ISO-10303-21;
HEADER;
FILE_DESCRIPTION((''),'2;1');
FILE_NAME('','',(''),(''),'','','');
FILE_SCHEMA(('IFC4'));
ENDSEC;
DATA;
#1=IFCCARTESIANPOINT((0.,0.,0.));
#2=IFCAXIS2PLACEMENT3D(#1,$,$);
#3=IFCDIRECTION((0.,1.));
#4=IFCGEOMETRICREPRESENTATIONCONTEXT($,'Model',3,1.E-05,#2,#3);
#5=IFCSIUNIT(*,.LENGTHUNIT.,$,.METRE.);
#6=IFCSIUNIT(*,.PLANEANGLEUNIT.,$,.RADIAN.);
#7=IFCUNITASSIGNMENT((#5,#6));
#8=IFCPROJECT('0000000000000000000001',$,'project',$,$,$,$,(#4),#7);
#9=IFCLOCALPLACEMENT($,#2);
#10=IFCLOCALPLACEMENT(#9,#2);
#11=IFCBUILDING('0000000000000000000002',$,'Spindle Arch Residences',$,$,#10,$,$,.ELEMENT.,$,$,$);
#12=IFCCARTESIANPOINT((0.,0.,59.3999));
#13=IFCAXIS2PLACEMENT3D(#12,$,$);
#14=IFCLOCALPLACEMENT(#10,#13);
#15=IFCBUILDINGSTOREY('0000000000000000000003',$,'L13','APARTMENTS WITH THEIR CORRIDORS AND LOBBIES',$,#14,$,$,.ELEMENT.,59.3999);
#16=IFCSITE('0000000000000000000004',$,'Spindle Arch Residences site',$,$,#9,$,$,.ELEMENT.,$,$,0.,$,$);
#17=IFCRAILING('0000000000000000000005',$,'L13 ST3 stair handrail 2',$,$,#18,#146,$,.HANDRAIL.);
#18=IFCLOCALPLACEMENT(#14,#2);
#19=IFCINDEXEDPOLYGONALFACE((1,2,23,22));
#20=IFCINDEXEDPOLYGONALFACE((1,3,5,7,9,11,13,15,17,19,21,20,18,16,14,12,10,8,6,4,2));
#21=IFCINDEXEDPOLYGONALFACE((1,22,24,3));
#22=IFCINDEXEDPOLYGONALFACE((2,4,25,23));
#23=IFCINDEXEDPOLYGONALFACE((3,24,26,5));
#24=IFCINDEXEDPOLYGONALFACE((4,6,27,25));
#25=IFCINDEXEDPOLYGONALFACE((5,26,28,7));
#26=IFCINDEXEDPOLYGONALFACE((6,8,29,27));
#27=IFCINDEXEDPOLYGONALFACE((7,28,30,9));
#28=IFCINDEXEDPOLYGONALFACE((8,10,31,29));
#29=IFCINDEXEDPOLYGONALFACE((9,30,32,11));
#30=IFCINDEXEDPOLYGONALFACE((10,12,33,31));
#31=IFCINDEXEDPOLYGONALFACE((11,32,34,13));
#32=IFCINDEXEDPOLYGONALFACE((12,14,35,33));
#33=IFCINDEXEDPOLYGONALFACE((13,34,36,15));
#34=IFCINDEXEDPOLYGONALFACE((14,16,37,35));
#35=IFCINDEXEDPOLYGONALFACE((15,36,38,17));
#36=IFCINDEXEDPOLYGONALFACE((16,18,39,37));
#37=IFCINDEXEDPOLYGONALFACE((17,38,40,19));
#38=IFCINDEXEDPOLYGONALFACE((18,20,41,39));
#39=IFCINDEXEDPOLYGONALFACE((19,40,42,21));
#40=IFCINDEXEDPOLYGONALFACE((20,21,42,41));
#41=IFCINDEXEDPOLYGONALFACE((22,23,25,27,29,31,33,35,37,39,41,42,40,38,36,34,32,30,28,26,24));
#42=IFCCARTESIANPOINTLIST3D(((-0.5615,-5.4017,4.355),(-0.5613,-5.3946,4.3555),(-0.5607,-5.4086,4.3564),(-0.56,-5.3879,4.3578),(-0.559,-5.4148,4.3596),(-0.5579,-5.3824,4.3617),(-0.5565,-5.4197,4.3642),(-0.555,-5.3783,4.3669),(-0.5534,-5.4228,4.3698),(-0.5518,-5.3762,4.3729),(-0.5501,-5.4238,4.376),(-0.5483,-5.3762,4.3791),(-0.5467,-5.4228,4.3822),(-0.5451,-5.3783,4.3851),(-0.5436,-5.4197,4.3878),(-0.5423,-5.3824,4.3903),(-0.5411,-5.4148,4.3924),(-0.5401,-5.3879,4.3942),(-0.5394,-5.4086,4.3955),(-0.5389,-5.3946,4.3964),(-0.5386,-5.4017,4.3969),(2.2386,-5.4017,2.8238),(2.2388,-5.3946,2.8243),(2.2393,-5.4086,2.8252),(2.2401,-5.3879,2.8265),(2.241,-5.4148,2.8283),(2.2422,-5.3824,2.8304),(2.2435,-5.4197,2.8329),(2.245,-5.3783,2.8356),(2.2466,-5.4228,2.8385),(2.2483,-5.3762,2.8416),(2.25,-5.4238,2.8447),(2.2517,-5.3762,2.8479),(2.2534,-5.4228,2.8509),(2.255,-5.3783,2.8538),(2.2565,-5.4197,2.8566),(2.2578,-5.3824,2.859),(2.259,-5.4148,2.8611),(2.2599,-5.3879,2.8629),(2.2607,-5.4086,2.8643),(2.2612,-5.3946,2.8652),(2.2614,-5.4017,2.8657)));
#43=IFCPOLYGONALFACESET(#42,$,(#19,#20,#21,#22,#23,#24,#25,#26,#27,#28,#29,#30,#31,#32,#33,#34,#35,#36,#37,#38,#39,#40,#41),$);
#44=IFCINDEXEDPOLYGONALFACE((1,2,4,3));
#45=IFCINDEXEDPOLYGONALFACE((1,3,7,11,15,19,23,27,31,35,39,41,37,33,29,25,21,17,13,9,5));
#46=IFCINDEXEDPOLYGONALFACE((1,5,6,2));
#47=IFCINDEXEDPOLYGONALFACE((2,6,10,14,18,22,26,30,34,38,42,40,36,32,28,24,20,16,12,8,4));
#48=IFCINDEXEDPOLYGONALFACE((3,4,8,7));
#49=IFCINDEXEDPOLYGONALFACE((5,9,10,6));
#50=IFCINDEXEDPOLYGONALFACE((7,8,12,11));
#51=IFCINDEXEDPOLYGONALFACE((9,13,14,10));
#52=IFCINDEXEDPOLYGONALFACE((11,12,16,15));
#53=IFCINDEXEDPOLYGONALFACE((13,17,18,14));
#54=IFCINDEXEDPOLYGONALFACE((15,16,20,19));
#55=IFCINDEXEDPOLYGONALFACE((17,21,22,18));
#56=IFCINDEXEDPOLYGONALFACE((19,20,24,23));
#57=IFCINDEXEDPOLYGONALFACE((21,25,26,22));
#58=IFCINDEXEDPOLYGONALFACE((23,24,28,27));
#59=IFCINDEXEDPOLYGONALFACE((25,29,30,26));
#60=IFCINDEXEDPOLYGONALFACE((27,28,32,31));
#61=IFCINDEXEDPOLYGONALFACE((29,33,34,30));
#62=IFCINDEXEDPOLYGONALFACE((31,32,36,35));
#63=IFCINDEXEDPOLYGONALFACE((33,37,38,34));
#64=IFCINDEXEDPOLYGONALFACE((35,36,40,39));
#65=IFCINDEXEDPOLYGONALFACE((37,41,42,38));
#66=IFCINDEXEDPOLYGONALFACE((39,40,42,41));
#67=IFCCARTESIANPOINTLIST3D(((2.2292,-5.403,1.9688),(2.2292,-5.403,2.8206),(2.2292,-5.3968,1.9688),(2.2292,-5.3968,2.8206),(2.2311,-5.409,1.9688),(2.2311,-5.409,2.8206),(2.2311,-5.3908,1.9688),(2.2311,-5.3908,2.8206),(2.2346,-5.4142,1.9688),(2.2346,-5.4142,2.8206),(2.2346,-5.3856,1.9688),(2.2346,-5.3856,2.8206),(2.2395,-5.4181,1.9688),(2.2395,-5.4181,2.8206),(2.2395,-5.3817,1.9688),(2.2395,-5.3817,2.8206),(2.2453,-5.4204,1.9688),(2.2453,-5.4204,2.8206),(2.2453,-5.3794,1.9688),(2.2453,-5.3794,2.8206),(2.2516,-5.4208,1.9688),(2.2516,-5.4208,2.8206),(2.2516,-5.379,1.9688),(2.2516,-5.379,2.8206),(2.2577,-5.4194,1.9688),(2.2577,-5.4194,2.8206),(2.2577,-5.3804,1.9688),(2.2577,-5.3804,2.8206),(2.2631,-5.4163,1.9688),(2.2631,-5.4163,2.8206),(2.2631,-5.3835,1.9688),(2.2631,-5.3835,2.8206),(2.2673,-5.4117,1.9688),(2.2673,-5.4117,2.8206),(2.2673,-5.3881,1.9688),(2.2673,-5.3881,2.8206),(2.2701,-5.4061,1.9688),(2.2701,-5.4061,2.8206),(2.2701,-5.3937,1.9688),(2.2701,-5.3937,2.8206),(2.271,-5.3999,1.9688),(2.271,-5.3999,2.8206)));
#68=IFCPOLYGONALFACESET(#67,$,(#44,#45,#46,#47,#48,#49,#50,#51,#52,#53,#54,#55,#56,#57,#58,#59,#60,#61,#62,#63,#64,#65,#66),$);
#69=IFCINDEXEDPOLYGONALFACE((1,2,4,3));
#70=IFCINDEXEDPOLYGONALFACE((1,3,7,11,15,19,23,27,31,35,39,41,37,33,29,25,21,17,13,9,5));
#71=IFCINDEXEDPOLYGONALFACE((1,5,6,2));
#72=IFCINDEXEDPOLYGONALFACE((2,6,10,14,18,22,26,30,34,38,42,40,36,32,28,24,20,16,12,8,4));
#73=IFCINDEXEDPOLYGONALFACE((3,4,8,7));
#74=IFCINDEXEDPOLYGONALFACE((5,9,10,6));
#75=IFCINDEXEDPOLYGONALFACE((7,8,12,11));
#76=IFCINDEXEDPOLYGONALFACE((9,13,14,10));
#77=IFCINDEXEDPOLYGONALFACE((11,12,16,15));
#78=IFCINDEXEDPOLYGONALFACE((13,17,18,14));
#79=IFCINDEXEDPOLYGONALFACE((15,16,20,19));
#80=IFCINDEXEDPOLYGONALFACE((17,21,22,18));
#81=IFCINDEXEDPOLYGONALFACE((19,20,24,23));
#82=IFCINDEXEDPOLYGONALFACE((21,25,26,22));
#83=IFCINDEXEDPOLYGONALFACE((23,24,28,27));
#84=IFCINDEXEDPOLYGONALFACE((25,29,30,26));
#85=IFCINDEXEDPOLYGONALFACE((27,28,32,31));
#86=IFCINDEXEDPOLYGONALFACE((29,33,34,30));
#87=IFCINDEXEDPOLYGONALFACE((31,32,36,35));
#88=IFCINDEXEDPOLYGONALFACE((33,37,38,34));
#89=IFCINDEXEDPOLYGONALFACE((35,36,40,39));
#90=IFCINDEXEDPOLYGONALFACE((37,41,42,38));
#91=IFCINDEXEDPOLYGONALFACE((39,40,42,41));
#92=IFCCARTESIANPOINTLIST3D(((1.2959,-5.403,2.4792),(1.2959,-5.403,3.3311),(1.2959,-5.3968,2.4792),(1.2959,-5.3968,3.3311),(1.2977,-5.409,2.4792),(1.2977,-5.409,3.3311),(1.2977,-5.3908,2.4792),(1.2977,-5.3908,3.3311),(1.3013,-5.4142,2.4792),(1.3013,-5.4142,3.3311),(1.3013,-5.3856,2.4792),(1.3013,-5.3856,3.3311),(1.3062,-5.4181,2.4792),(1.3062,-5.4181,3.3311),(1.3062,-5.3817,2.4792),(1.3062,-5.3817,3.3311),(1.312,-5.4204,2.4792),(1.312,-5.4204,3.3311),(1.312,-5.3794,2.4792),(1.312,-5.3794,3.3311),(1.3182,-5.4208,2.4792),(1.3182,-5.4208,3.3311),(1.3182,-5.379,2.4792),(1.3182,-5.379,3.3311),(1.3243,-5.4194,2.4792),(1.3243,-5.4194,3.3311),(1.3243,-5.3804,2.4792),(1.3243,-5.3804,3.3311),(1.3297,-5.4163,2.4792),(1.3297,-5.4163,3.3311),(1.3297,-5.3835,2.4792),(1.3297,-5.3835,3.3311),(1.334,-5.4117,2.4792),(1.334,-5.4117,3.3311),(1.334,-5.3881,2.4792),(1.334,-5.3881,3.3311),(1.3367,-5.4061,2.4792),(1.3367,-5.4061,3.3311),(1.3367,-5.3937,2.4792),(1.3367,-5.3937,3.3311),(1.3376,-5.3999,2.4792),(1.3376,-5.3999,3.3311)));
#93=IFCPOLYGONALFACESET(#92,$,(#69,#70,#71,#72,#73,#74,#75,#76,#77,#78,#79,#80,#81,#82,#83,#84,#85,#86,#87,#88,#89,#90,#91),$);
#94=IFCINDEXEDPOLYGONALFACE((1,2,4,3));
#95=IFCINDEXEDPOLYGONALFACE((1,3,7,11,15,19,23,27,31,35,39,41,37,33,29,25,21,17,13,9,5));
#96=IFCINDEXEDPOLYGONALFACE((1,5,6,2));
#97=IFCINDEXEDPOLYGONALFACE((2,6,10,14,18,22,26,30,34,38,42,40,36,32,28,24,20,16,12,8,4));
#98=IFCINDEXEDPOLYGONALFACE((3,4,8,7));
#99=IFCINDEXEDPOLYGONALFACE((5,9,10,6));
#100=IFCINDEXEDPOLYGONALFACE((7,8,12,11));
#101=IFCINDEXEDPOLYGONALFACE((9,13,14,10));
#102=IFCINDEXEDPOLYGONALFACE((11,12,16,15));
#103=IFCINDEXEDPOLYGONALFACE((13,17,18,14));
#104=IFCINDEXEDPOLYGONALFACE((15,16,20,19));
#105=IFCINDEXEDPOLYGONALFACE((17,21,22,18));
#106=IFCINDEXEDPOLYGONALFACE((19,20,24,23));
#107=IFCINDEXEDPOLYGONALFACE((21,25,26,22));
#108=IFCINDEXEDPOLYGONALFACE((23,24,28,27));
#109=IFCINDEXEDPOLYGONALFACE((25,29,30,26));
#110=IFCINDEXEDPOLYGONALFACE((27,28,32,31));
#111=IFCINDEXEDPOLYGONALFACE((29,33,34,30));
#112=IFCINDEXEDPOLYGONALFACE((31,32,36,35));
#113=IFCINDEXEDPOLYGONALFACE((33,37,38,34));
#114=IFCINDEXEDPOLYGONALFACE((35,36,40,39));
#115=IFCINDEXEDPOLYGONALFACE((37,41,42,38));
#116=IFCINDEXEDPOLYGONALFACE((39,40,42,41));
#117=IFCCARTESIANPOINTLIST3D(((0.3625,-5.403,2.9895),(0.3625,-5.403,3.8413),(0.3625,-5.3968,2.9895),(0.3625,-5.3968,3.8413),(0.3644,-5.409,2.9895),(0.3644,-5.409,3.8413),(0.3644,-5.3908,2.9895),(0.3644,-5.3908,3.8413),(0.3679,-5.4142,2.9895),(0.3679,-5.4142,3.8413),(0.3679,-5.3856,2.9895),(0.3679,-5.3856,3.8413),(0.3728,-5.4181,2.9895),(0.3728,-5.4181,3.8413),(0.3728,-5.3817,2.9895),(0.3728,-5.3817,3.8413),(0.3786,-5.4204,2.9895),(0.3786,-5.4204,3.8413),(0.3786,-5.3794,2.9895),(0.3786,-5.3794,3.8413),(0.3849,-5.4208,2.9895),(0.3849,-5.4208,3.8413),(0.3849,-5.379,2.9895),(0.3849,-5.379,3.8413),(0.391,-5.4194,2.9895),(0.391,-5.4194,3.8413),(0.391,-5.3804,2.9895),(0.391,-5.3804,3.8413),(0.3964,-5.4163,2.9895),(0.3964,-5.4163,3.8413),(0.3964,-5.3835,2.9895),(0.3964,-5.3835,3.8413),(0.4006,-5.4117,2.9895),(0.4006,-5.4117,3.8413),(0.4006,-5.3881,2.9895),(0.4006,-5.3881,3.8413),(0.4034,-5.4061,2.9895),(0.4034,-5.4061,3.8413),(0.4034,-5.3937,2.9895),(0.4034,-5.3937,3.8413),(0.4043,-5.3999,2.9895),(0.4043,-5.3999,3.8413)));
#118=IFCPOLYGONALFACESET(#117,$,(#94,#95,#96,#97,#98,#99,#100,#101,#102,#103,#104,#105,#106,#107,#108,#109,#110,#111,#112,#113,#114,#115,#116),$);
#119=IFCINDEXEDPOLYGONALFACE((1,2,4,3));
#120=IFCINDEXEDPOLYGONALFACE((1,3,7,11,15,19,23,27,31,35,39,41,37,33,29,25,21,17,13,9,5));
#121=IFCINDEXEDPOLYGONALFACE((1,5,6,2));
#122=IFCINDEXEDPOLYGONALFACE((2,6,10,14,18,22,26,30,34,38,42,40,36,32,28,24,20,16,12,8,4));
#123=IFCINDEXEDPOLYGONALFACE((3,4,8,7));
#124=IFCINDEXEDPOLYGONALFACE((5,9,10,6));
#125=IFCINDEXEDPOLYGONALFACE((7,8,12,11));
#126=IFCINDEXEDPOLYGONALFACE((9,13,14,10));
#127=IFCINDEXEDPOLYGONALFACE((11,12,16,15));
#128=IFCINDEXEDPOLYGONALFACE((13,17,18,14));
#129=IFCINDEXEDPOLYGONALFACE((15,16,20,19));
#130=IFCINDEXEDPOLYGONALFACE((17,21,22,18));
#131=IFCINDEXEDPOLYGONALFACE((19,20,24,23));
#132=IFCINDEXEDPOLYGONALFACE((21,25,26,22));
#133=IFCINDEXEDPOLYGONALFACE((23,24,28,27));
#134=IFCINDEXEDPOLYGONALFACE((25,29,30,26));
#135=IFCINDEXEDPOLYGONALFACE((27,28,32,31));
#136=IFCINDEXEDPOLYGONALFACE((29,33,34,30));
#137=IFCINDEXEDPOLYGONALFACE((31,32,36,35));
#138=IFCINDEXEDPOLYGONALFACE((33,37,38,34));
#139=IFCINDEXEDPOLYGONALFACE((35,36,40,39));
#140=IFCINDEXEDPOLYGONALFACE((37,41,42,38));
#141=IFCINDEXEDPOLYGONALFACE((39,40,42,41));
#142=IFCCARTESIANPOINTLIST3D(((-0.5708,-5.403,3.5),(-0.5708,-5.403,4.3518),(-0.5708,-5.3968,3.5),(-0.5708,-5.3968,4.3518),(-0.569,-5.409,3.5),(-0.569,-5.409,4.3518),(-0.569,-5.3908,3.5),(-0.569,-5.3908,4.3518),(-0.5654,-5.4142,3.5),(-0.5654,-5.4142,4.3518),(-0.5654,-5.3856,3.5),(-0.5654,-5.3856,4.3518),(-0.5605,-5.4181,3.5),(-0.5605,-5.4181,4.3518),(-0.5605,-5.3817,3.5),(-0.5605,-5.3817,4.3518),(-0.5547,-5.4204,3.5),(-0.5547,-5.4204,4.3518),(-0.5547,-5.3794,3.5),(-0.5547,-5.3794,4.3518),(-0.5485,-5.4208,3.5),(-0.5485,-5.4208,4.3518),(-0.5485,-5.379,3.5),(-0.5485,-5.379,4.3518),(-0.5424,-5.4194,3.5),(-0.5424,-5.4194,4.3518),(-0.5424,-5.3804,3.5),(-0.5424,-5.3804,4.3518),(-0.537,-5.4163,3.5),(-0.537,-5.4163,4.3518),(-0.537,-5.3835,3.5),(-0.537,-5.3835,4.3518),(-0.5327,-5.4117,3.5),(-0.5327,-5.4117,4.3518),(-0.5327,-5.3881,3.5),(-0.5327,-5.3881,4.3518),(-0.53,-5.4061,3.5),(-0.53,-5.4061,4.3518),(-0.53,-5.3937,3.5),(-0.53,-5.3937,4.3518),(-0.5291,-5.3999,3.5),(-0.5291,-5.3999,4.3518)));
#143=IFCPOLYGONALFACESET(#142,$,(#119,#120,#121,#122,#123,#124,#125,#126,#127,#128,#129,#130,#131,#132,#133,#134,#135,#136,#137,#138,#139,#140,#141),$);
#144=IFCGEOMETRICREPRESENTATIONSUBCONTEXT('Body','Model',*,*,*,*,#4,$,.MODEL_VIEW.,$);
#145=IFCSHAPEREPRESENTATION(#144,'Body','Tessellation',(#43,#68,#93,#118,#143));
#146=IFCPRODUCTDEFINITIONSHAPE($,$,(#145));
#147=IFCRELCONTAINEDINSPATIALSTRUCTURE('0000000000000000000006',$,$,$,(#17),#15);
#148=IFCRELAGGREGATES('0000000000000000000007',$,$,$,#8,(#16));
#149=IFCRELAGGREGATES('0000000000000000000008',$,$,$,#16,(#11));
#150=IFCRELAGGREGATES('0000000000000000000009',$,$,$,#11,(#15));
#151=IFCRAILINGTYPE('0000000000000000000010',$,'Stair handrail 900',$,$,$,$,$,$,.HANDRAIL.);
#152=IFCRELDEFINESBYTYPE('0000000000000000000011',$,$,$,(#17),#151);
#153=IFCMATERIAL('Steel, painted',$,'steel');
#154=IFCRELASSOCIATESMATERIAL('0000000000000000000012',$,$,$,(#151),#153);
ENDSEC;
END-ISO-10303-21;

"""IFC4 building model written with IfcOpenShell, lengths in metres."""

from ifc_helpers import new_model, si_unit, direction, frame, origin, origin_2d, place, context, subcontext, project, spatial, circle, extrude, material, type_object, element, save


model = new_model("IFC4")

# Units and contexts
model_context = context("Model", 3, precision=1e-05, world=origin(), true_north=direction((0.0, 1.0)))
body_context = subcontext(model_context, "Body", "Model", "MODEL_VIEW")
ifc_project = project(units=[si_unit("LENGTHUNIT", "METRE"), si_unit("PLANEANGLEUNIT", "RADIAN")], contexts=[model_context])

# Site, building, storey
site_placement = place(None, origin())
site = spatial("IfcSite", under=ifc_project, at=site_placement, Name="Spindle Arch Residences site", CompositionType="ELEMENT", RefElevation=0.0)
building_placement = place(site_placement, origin())
building = spatial("IfcBuilding", under=site, at=building_placement, Name="Spindle Arch Residences", CompositionType="ELEMENT")
storey_placement = place(building_placement, frame((0.0, 0.0, 59.3999)))
storey = spatial("IfcBuildingStorey", under=building, at=storey_placement, Name="L13", Description="APARTMENTS WITH THEIR CORRIDORS AND LOBBIES", CompositionType="ELEMENT", Elevation=59.3999)

# Railing
ifc_material_1 = material(Name="Steel, painted", Category="steel")
railing_type = type_object("IfcRailingType", Name="Stair handrail 900", PredefinedType="HANDRAIL", material=ifc_material_1)
railing_placement = place(storey_placement, frame((2.25, -5.3999, 1.9688)))
element("IfcRailing", 1, at=railing_placement, inside=storey, type_object=railing_type, Name="L13 ST3 stair handrail 2", PredefinedType="HANDRAIL", context=body_context, shape_type="SweptSolid", body=[
    extrude(circle(Radius=0.0239, at=origin_2d()), frame((0.0, 0.0, 0.876), z_axis=(-0.877375, 0.0, 0.479806), x_axis=(0.0, -1.0, 0.0)), (0.0, 0.0, 1.0), 3.1914),
    extrude(circle(Radius=0.021, at=origin_2d()), origin(), (0.0, 0.0, 1.0), 0.8518),
    extrude(circle(Radius=0.021, at=origin_2d()), frame((-0.9333, 0.0, 0.5105)), (0.0, 0.0, 1.0), 0.8518),
    extrude(circle(Radius=0.021, at=origin_2d()), frame((-1.8667, 0.0, 1.0208)), (0.0, 0.0, 1.0), 0.8518),
    extrude(circle(Radius=0.021, at=origin_2d()), frame((-2.8, 0.0, 1.5312)), (0.0, 0.0, 1.0), 0.8518),
])

save(model, "model.ifc")
